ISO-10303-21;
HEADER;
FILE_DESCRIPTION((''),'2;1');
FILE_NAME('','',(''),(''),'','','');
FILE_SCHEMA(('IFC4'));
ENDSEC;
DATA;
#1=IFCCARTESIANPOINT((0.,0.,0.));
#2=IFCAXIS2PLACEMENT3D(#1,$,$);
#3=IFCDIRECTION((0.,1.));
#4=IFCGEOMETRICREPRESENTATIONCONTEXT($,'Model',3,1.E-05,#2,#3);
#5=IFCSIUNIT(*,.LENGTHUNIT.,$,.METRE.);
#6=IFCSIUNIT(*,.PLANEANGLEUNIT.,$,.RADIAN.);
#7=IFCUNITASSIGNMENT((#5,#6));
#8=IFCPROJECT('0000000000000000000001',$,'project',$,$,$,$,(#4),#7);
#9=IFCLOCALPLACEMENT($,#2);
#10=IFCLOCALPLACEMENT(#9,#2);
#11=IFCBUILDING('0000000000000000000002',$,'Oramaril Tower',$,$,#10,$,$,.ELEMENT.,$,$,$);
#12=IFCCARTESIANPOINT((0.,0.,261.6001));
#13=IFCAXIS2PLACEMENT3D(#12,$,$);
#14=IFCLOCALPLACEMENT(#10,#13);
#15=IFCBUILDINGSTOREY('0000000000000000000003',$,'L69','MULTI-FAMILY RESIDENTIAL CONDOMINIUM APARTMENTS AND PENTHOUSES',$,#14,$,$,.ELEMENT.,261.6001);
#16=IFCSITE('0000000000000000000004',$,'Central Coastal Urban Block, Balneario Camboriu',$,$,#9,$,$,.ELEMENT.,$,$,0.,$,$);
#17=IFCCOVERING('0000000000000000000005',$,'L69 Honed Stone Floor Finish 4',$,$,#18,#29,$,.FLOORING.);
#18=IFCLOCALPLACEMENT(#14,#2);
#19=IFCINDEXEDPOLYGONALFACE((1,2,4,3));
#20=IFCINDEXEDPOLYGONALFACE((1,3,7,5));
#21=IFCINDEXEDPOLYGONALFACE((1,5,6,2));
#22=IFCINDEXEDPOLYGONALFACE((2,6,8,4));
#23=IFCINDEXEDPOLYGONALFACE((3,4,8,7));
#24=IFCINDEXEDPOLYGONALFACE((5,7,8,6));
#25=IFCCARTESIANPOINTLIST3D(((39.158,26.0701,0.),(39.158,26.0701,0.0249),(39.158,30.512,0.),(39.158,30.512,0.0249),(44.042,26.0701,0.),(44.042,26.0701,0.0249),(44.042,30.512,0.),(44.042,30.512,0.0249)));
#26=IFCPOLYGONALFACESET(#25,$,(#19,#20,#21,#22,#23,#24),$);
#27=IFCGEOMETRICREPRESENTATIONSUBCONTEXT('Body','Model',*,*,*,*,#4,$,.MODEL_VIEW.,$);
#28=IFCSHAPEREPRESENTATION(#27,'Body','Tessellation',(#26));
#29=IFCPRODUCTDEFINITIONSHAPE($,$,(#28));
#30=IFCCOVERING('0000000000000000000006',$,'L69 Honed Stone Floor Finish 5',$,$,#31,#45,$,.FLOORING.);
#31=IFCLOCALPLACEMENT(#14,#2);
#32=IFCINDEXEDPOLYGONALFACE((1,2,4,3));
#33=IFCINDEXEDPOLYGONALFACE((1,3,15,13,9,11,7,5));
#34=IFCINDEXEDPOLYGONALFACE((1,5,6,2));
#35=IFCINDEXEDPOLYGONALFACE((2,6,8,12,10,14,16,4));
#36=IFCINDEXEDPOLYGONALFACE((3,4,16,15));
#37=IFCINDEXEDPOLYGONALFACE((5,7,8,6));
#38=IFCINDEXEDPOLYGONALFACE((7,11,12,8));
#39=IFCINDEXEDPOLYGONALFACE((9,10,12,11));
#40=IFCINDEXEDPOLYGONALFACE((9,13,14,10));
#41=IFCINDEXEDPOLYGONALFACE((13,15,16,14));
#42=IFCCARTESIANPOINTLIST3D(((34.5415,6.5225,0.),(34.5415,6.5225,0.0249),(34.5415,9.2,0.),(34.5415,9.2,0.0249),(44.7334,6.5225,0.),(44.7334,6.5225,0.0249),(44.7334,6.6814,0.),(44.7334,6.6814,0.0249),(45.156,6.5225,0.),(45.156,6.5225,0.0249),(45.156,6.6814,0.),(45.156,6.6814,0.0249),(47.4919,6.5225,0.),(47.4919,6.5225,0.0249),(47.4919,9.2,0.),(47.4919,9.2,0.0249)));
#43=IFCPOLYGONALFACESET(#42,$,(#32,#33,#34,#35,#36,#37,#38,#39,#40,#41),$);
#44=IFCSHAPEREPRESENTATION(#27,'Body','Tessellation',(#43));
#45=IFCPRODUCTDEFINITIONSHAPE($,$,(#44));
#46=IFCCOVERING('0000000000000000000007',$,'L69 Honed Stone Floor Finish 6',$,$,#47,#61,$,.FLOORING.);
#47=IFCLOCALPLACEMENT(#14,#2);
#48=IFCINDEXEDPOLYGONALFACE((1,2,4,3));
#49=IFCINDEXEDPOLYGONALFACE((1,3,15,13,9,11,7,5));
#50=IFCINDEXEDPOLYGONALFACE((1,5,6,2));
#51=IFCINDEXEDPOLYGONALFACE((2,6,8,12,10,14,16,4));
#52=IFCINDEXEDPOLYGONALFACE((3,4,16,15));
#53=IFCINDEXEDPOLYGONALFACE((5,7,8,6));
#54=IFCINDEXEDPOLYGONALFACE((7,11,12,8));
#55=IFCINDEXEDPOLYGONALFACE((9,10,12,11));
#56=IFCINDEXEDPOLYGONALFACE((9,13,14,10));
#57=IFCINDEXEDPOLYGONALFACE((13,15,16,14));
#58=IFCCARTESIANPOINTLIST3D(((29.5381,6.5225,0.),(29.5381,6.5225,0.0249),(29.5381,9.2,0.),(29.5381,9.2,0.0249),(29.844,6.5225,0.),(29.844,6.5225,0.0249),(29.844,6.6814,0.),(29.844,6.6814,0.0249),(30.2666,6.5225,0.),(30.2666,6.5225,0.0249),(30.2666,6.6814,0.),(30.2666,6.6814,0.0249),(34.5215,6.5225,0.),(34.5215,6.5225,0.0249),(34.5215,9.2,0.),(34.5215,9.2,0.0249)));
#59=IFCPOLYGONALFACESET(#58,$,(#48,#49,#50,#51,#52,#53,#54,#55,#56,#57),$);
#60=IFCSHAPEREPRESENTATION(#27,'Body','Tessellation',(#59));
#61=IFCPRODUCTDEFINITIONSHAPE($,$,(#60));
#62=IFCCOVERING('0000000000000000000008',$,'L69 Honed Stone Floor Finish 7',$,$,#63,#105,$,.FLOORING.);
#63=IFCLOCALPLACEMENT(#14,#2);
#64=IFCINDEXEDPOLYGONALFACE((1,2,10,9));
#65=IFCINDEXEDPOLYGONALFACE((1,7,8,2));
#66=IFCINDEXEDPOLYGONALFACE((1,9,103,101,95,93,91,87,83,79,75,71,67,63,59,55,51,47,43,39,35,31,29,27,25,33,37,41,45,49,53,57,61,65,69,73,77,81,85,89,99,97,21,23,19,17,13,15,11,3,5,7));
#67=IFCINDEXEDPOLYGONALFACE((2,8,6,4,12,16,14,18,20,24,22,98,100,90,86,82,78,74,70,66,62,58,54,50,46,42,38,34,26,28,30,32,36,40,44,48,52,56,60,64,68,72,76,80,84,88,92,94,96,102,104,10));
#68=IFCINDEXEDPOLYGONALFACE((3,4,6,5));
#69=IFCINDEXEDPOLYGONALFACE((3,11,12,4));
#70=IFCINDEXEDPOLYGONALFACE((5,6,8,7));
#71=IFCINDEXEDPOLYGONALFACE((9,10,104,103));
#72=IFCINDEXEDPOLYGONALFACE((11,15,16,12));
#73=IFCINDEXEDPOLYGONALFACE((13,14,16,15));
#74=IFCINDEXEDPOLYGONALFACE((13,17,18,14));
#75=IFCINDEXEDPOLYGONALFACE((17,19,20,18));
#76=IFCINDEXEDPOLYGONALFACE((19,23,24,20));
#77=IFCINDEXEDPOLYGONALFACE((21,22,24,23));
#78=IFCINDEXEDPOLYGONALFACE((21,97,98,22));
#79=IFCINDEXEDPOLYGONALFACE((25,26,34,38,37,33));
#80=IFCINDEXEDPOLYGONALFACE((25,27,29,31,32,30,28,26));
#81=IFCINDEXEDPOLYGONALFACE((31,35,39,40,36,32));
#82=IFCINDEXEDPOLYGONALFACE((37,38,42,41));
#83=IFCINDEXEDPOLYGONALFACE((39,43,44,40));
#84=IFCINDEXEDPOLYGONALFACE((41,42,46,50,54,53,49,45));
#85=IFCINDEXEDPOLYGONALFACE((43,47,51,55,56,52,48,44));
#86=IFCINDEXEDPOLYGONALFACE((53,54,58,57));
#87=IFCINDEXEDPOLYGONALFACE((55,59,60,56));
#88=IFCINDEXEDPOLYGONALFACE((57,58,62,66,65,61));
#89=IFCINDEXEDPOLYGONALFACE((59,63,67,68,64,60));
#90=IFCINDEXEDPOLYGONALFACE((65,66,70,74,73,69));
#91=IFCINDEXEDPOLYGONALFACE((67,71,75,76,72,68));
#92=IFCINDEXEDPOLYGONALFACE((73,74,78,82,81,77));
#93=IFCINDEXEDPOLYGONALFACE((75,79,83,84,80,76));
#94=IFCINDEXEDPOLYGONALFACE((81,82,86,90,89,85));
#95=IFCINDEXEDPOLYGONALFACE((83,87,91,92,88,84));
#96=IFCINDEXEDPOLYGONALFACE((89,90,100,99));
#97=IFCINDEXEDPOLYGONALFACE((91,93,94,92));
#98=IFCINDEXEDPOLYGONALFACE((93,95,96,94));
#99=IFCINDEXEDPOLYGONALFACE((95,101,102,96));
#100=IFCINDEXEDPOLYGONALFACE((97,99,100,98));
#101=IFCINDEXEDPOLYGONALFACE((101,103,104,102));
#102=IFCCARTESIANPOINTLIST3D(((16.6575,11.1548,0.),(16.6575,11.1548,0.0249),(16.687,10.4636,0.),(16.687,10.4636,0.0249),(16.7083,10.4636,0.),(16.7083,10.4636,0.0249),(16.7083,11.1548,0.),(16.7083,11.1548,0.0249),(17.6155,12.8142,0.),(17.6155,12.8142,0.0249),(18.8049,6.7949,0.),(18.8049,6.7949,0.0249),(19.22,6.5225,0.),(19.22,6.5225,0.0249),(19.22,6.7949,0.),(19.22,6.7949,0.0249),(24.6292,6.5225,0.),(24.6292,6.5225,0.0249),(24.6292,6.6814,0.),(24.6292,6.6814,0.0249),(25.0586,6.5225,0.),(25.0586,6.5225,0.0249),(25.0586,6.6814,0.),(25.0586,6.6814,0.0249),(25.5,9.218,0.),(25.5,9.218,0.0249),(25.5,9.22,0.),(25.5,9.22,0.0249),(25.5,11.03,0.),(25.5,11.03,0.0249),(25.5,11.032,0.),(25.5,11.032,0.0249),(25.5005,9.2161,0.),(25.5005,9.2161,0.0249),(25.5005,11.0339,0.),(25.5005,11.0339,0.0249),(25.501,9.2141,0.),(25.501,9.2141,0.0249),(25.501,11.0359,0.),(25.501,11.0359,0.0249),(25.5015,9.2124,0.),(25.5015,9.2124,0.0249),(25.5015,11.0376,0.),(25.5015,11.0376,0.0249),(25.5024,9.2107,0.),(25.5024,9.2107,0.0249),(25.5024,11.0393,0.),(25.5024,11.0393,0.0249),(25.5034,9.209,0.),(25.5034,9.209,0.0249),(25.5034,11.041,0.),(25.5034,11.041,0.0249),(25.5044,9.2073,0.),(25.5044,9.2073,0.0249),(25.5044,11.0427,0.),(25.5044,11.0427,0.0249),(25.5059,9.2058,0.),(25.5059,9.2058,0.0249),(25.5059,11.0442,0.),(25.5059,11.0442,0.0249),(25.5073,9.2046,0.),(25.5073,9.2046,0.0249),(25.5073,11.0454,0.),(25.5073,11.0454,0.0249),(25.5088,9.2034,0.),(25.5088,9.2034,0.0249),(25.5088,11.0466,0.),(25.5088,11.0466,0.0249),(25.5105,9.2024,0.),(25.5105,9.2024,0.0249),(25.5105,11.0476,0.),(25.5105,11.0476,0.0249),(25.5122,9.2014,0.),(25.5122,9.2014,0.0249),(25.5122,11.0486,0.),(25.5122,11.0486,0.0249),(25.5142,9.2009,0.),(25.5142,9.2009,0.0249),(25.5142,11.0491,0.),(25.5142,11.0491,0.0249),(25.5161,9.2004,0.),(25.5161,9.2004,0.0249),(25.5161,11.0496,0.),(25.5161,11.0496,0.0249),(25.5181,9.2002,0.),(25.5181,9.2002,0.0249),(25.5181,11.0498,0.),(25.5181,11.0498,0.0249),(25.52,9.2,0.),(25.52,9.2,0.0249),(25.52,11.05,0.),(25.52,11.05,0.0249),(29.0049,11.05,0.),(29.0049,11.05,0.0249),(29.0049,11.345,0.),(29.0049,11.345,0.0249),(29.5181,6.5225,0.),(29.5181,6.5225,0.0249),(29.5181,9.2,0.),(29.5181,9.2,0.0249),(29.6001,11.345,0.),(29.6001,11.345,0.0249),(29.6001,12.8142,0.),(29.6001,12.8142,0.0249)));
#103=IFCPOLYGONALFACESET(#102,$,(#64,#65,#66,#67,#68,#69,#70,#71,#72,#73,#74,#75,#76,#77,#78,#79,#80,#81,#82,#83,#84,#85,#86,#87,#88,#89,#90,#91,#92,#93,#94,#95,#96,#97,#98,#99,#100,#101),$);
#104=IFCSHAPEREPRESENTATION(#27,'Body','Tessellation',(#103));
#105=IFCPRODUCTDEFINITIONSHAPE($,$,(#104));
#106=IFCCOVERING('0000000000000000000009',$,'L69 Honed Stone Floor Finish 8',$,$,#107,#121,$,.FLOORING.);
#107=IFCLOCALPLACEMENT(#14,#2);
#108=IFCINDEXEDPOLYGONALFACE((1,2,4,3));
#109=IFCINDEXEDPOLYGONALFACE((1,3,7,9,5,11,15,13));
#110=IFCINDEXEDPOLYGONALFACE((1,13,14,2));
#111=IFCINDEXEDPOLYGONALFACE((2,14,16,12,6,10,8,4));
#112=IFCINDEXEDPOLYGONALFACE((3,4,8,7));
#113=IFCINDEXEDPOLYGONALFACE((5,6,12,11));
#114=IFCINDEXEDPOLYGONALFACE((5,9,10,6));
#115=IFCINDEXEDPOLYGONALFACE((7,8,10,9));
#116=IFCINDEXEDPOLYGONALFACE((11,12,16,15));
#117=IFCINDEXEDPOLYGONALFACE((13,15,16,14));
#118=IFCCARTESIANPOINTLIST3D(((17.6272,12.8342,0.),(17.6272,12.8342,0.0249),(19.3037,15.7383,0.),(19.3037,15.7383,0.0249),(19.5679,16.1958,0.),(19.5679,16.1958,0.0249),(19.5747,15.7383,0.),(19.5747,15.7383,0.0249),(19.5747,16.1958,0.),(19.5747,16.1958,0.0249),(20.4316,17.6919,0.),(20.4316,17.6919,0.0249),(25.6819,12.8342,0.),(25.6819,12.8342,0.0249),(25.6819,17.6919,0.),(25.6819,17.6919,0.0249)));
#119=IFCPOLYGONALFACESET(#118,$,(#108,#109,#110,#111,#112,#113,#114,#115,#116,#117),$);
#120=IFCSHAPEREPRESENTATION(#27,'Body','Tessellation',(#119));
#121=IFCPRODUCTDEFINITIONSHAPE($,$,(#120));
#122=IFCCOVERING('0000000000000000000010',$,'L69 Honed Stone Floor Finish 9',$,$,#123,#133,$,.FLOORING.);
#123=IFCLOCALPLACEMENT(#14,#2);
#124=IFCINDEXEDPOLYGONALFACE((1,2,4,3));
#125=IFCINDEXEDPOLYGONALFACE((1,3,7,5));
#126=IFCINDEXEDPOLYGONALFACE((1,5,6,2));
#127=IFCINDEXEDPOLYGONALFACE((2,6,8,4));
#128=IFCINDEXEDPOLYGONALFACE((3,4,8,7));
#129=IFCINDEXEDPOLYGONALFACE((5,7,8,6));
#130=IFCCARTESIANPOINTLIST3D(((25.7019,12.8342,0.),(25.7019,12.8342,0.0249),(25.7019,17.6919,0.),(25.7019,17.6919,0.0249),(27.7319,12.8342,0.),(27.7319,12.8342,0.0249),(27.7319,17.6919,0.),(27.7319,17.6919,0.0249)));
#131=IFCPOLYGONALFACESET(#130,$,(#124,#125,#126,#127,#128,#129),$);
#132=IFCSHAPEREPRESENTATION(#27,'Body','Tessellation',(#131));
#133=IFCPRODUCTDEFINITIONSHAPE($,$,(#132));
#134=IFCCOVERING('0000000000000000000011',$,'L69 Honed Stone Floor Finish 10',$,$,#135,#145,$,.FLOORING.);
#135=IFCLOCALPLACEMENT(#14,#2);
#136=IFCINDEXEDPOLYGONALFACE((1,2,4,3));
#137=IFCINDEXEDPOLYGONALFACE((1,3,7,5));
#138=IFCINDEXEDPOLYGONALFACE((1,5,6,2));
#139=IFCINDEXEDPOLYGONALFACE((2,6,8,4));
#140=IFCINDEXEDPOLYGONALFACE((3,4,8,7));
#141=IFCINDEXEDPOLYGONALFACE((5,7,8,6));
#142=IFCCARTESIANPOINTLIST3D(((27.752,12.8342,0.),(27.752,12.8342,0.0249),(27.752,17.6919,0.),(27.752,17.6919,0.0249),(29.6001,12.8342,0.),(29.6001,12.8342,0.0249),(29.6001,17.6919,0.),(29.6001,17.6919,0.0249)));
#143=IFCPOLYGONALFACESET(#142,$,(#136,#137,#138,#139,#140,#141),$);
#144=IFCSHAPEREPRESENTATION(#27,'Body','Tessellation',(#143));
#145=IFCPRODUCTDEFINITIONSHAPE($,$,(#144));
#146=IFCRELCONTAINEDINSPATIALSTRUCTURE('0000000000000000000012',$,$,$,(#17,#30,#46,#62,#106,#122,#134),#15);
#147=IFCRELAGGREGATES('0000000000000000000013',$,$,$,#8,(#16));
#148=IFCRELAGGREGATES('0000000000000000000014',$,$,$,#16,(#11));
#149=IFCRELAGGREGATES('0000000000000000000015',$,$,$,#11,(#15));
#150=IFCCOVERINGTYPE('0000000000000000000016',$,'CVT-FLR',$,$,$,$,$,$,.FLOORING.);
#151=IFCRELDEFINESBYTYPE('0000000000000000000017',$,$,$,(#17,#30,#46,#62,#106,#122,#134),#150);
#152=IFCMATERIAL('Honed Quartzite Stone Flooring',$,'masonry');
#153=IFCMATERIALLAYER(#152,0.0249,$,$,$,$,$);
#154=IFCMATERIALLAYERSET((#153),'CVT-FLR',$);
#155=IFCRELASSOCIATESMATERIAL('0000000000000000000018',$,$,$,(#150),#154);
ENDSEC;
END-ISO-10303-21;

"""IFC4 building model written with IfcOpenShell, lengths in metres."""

from ifc_helpers import new_model, si_unit, direction, frame, origin, place, context, subcontext, project, spatial, polyline, outline, extrude, material, layer, layer_set, type_object, element, save


model = new_model("IFC4")

# Units and contexts
model_context = context("Model", 3, precision=1e-05, world=origin(), true_north=direction((0.0, 1.0)))
body_context = subcontext(model_context, "Body", "Model", "MODEL_VIEW")
ifc_project = project(units=[si_unit("LENGTHUNIT", "METRE"), si_unit("PLANEANGLEUNIT", "RADIAN")], contexts=[model_context])

# Site, building, storey
site_placement = place(None, origin())
site = spatial("IfcSite", under=ifc_project, at=site_placement, Name="Central Coastal Urban Block, Balneario Camboriu", CompositionType="ELEMENT", RefElevation=0.0)
building_placement = place(site_placement, origin())
building = spatial("IfcBuilding", under=site, at=building_placement, Name="Oramaril Tower", CompositionType="ELEMENT")
storey_placement = place(building_placement, frame((0.0, 0.0, 261.6001)))
storey = spatial("IfcBuildingStorey", under=building, at=storey_placement, Name="L69", Description="MULTI-FAMILY RESIDENTIAL CONDOMINIUM APARTMENTS AND PENTHOUSES", CompositionType="ELEMENT", Elevation=261.6001)

# Coverings
ifc_material_1 = material(Name="Honed Quartzite Stone Flooring", Category="masonry")
ifc_layer_1 = layer(ifc_material_1, 0.0249)
ifc_layer_set_1 = layer_set([ifc_layer_1], Name="CVT-FLR")
covering_type_1 = type_object("IfcCoveringType", Name="CVT-FLR", PredefinedType="FLOORING", material=ifc_layer_set_1)
covering_1_placement = place(storey_placement, origin())
element("IfcCovering", 1, at=covering_1_placement, inside=storey, type_object=covering_type_1, Name="L69 Honed Stone Floor Finish 4", PredefinedType="FLOORING", context=body_context, shape_type="SweptSolid", body=[
    extrude(outline(polyline([(44.042, 30.512), (44.042, 26.0701), (39.158, 26.0701), (39.158, 30.512), (44.042, 30.512)])), origin(), (0.0, 0.0, 1.0), 0.0249),
])
covering_2_placement = place(storey_placement, origin())
element("IfcCovering", 2, at=covering_2_placement, inside=storey, type_object=covering_type_1, Name="L69 Honed Stone Floor Finish 5", PredefinedType="FLOORING", context=body_context, shape_type="SweptSolid", body=[
    extrude(outline(polyline([(45.156, 6.6814), (44.7334, 6.6814), (44.7334, 6.5225), (34.5415, 6.5225), (34.5415, 9.2), (47.4919, 9.2), (47.4919, 6.5225), (45.156, 6.5225), (45.156, 6.6814)])), origin(), (0.0, 0.0, 1.0), 0.0249),
])
covering_3_placement = place(storey_placement, origin())
element("IfcCovering", 3, at=covering_3_placement, inside=storey, type_object=covering_type_1, Name="L69 Honed Stone Floor Finish 6", PredefinedType="FLOORING", context=body_context, shape_type="SweptSolid", body=[
    extrude(outline(polyline([(30.2666, 6.6814), (29.844, 6.6814), (29.844, 6.5225), (29.5381, 6.5225), (29.5381, 9.2), (34.5215, 9.2), (34.5215, 6.5225), (30.2666, 6.5225), (30.2666, 6.6814)])), origin(), (0.0, 0.0, 1.0), 0.0249),
])
covering_4_placement = place(storey_placement, origin())
element("IfcCovering", 4, at=covering_4_placement, inside=storey, type_object=covering_type_1, Name="L69 Honed Stone Floor Finish 7", PredefinedType="FLOORING", context=body_context, shape_type="SweptSolid", body=[
    extrude(outline(polyline([(29.6001, 12.8142), (29.6001, 11.345), (29.0049, 11.345), (29.0049, 11.05), (25.52, 11.05), (25.5181, 11.0498), (25.5161, 11.0496), (25.5142, 11.0491), (25.5122, 11.0486), (25.5105, 11.0476), (25.5088, 11.0466), (25.5073, 11.0454), (25.5059, 11.0442), (25.5044, 11.0427), (25.5034, 11.041), (25.5024, 11.0393), (25.5015, 11.0376), (25.501, 11.0359), (25.5005, 11.0339), (25.5, 11.032), (25.5, 11.03), (25.5, 9.22), (25.5, 9.218), (25.5005, 9.2161), (25.501, 9.2141), (25.5015, 9.2124), (25.5024, 9.2107), (25.5034, 9.209), (25.5044, 9.2073), (25.5059, 9.2058), (25.5073, 9.2046), (25.5088, 9.2034), (25.5105, 9.2024), (25.5122, 9.2014), (25.5142, 9.2009), (25.5161, 9.2004), (25.5181, 9.2002), (25.52, 9.2), (29.5181, 9.2), (29.5181, 6.5225), (25.0586, 6.5225), (25.0586, 6.6814), (24.6292, 6.6814), (24.6292, 6.5225), (19.22, 6.5225), (19.22, 6.7949), (18.8049, 6.7949), (16.687, 10.4636), (16.7083, 10.4636), (16.7083, 11.1548), (16.6575, 11.1548), (17.6155, 12.8142), (29.6001, 12.8142)])), origin(), (0.0, 0.0, 1.0), 0.0249),
])
covering_5_placement = place(storey_placement, origin())
element("IfcCovering", 5, at=covering_5_placement, inside=storey, type_object=covering_type_1, Name="L69 Honed Stone Floor Finish 8", PredefinedType="FLOORING", context=body_context, shape_type="SweptSolid", body=[
    extrude(outline(polyline([(19.3037, 15.7383), (19.5747, 15.7383), (19.5747, 16.1958), (19.5679, 16.1958), (20.4316, 17.6919), (25.6819, 17.6919), (25.6819, 12.8342), (17.6272, 12.8342), (19.3037, 15.7383)])), origin(), (0.0, 0.0, 1.0), 0.0249),
])
covering_6_placement = place(storey_placement, origin())
element("IfcCovering", 6, at=covering_6_placement, inside=storey, type_object=covering_type_1, Name="L69 Honed Stone Floor Finish 9", PredefinedType="FLOORING", context=body_context, shape_type="SweptSolid", body=[
    extrude(outline(polyline([(27.7319, 17.6919), (27.7319, 12.8342), (25.7019, 12.8342), (25.7019, 17.6919), (27.7319, 17.6919)])), origin(), (0.0, 0.0, 1.0), 0.0249),
])
covering_7_placement = place(storey_placement, origin())
element("IfcCovering", 7, at=covering_7_placement, inside=storey, type_object=covering_type_1, Name="L69 Honed Stone Floor Finish 10", PredefinedType="FLOORING", context=body_context, shape_type="SweptSolid", body=[
    extrude(outline(polyline([(29.6001, 17.6919), (29.6001, 12.8342), (27.752, 12.8342), (27.752, 17.6919), (29.6001, 17.6919)])), origin(), (0.0, 0.0, 1.0), 0.0249),
])

save(model, "model.ifc")
